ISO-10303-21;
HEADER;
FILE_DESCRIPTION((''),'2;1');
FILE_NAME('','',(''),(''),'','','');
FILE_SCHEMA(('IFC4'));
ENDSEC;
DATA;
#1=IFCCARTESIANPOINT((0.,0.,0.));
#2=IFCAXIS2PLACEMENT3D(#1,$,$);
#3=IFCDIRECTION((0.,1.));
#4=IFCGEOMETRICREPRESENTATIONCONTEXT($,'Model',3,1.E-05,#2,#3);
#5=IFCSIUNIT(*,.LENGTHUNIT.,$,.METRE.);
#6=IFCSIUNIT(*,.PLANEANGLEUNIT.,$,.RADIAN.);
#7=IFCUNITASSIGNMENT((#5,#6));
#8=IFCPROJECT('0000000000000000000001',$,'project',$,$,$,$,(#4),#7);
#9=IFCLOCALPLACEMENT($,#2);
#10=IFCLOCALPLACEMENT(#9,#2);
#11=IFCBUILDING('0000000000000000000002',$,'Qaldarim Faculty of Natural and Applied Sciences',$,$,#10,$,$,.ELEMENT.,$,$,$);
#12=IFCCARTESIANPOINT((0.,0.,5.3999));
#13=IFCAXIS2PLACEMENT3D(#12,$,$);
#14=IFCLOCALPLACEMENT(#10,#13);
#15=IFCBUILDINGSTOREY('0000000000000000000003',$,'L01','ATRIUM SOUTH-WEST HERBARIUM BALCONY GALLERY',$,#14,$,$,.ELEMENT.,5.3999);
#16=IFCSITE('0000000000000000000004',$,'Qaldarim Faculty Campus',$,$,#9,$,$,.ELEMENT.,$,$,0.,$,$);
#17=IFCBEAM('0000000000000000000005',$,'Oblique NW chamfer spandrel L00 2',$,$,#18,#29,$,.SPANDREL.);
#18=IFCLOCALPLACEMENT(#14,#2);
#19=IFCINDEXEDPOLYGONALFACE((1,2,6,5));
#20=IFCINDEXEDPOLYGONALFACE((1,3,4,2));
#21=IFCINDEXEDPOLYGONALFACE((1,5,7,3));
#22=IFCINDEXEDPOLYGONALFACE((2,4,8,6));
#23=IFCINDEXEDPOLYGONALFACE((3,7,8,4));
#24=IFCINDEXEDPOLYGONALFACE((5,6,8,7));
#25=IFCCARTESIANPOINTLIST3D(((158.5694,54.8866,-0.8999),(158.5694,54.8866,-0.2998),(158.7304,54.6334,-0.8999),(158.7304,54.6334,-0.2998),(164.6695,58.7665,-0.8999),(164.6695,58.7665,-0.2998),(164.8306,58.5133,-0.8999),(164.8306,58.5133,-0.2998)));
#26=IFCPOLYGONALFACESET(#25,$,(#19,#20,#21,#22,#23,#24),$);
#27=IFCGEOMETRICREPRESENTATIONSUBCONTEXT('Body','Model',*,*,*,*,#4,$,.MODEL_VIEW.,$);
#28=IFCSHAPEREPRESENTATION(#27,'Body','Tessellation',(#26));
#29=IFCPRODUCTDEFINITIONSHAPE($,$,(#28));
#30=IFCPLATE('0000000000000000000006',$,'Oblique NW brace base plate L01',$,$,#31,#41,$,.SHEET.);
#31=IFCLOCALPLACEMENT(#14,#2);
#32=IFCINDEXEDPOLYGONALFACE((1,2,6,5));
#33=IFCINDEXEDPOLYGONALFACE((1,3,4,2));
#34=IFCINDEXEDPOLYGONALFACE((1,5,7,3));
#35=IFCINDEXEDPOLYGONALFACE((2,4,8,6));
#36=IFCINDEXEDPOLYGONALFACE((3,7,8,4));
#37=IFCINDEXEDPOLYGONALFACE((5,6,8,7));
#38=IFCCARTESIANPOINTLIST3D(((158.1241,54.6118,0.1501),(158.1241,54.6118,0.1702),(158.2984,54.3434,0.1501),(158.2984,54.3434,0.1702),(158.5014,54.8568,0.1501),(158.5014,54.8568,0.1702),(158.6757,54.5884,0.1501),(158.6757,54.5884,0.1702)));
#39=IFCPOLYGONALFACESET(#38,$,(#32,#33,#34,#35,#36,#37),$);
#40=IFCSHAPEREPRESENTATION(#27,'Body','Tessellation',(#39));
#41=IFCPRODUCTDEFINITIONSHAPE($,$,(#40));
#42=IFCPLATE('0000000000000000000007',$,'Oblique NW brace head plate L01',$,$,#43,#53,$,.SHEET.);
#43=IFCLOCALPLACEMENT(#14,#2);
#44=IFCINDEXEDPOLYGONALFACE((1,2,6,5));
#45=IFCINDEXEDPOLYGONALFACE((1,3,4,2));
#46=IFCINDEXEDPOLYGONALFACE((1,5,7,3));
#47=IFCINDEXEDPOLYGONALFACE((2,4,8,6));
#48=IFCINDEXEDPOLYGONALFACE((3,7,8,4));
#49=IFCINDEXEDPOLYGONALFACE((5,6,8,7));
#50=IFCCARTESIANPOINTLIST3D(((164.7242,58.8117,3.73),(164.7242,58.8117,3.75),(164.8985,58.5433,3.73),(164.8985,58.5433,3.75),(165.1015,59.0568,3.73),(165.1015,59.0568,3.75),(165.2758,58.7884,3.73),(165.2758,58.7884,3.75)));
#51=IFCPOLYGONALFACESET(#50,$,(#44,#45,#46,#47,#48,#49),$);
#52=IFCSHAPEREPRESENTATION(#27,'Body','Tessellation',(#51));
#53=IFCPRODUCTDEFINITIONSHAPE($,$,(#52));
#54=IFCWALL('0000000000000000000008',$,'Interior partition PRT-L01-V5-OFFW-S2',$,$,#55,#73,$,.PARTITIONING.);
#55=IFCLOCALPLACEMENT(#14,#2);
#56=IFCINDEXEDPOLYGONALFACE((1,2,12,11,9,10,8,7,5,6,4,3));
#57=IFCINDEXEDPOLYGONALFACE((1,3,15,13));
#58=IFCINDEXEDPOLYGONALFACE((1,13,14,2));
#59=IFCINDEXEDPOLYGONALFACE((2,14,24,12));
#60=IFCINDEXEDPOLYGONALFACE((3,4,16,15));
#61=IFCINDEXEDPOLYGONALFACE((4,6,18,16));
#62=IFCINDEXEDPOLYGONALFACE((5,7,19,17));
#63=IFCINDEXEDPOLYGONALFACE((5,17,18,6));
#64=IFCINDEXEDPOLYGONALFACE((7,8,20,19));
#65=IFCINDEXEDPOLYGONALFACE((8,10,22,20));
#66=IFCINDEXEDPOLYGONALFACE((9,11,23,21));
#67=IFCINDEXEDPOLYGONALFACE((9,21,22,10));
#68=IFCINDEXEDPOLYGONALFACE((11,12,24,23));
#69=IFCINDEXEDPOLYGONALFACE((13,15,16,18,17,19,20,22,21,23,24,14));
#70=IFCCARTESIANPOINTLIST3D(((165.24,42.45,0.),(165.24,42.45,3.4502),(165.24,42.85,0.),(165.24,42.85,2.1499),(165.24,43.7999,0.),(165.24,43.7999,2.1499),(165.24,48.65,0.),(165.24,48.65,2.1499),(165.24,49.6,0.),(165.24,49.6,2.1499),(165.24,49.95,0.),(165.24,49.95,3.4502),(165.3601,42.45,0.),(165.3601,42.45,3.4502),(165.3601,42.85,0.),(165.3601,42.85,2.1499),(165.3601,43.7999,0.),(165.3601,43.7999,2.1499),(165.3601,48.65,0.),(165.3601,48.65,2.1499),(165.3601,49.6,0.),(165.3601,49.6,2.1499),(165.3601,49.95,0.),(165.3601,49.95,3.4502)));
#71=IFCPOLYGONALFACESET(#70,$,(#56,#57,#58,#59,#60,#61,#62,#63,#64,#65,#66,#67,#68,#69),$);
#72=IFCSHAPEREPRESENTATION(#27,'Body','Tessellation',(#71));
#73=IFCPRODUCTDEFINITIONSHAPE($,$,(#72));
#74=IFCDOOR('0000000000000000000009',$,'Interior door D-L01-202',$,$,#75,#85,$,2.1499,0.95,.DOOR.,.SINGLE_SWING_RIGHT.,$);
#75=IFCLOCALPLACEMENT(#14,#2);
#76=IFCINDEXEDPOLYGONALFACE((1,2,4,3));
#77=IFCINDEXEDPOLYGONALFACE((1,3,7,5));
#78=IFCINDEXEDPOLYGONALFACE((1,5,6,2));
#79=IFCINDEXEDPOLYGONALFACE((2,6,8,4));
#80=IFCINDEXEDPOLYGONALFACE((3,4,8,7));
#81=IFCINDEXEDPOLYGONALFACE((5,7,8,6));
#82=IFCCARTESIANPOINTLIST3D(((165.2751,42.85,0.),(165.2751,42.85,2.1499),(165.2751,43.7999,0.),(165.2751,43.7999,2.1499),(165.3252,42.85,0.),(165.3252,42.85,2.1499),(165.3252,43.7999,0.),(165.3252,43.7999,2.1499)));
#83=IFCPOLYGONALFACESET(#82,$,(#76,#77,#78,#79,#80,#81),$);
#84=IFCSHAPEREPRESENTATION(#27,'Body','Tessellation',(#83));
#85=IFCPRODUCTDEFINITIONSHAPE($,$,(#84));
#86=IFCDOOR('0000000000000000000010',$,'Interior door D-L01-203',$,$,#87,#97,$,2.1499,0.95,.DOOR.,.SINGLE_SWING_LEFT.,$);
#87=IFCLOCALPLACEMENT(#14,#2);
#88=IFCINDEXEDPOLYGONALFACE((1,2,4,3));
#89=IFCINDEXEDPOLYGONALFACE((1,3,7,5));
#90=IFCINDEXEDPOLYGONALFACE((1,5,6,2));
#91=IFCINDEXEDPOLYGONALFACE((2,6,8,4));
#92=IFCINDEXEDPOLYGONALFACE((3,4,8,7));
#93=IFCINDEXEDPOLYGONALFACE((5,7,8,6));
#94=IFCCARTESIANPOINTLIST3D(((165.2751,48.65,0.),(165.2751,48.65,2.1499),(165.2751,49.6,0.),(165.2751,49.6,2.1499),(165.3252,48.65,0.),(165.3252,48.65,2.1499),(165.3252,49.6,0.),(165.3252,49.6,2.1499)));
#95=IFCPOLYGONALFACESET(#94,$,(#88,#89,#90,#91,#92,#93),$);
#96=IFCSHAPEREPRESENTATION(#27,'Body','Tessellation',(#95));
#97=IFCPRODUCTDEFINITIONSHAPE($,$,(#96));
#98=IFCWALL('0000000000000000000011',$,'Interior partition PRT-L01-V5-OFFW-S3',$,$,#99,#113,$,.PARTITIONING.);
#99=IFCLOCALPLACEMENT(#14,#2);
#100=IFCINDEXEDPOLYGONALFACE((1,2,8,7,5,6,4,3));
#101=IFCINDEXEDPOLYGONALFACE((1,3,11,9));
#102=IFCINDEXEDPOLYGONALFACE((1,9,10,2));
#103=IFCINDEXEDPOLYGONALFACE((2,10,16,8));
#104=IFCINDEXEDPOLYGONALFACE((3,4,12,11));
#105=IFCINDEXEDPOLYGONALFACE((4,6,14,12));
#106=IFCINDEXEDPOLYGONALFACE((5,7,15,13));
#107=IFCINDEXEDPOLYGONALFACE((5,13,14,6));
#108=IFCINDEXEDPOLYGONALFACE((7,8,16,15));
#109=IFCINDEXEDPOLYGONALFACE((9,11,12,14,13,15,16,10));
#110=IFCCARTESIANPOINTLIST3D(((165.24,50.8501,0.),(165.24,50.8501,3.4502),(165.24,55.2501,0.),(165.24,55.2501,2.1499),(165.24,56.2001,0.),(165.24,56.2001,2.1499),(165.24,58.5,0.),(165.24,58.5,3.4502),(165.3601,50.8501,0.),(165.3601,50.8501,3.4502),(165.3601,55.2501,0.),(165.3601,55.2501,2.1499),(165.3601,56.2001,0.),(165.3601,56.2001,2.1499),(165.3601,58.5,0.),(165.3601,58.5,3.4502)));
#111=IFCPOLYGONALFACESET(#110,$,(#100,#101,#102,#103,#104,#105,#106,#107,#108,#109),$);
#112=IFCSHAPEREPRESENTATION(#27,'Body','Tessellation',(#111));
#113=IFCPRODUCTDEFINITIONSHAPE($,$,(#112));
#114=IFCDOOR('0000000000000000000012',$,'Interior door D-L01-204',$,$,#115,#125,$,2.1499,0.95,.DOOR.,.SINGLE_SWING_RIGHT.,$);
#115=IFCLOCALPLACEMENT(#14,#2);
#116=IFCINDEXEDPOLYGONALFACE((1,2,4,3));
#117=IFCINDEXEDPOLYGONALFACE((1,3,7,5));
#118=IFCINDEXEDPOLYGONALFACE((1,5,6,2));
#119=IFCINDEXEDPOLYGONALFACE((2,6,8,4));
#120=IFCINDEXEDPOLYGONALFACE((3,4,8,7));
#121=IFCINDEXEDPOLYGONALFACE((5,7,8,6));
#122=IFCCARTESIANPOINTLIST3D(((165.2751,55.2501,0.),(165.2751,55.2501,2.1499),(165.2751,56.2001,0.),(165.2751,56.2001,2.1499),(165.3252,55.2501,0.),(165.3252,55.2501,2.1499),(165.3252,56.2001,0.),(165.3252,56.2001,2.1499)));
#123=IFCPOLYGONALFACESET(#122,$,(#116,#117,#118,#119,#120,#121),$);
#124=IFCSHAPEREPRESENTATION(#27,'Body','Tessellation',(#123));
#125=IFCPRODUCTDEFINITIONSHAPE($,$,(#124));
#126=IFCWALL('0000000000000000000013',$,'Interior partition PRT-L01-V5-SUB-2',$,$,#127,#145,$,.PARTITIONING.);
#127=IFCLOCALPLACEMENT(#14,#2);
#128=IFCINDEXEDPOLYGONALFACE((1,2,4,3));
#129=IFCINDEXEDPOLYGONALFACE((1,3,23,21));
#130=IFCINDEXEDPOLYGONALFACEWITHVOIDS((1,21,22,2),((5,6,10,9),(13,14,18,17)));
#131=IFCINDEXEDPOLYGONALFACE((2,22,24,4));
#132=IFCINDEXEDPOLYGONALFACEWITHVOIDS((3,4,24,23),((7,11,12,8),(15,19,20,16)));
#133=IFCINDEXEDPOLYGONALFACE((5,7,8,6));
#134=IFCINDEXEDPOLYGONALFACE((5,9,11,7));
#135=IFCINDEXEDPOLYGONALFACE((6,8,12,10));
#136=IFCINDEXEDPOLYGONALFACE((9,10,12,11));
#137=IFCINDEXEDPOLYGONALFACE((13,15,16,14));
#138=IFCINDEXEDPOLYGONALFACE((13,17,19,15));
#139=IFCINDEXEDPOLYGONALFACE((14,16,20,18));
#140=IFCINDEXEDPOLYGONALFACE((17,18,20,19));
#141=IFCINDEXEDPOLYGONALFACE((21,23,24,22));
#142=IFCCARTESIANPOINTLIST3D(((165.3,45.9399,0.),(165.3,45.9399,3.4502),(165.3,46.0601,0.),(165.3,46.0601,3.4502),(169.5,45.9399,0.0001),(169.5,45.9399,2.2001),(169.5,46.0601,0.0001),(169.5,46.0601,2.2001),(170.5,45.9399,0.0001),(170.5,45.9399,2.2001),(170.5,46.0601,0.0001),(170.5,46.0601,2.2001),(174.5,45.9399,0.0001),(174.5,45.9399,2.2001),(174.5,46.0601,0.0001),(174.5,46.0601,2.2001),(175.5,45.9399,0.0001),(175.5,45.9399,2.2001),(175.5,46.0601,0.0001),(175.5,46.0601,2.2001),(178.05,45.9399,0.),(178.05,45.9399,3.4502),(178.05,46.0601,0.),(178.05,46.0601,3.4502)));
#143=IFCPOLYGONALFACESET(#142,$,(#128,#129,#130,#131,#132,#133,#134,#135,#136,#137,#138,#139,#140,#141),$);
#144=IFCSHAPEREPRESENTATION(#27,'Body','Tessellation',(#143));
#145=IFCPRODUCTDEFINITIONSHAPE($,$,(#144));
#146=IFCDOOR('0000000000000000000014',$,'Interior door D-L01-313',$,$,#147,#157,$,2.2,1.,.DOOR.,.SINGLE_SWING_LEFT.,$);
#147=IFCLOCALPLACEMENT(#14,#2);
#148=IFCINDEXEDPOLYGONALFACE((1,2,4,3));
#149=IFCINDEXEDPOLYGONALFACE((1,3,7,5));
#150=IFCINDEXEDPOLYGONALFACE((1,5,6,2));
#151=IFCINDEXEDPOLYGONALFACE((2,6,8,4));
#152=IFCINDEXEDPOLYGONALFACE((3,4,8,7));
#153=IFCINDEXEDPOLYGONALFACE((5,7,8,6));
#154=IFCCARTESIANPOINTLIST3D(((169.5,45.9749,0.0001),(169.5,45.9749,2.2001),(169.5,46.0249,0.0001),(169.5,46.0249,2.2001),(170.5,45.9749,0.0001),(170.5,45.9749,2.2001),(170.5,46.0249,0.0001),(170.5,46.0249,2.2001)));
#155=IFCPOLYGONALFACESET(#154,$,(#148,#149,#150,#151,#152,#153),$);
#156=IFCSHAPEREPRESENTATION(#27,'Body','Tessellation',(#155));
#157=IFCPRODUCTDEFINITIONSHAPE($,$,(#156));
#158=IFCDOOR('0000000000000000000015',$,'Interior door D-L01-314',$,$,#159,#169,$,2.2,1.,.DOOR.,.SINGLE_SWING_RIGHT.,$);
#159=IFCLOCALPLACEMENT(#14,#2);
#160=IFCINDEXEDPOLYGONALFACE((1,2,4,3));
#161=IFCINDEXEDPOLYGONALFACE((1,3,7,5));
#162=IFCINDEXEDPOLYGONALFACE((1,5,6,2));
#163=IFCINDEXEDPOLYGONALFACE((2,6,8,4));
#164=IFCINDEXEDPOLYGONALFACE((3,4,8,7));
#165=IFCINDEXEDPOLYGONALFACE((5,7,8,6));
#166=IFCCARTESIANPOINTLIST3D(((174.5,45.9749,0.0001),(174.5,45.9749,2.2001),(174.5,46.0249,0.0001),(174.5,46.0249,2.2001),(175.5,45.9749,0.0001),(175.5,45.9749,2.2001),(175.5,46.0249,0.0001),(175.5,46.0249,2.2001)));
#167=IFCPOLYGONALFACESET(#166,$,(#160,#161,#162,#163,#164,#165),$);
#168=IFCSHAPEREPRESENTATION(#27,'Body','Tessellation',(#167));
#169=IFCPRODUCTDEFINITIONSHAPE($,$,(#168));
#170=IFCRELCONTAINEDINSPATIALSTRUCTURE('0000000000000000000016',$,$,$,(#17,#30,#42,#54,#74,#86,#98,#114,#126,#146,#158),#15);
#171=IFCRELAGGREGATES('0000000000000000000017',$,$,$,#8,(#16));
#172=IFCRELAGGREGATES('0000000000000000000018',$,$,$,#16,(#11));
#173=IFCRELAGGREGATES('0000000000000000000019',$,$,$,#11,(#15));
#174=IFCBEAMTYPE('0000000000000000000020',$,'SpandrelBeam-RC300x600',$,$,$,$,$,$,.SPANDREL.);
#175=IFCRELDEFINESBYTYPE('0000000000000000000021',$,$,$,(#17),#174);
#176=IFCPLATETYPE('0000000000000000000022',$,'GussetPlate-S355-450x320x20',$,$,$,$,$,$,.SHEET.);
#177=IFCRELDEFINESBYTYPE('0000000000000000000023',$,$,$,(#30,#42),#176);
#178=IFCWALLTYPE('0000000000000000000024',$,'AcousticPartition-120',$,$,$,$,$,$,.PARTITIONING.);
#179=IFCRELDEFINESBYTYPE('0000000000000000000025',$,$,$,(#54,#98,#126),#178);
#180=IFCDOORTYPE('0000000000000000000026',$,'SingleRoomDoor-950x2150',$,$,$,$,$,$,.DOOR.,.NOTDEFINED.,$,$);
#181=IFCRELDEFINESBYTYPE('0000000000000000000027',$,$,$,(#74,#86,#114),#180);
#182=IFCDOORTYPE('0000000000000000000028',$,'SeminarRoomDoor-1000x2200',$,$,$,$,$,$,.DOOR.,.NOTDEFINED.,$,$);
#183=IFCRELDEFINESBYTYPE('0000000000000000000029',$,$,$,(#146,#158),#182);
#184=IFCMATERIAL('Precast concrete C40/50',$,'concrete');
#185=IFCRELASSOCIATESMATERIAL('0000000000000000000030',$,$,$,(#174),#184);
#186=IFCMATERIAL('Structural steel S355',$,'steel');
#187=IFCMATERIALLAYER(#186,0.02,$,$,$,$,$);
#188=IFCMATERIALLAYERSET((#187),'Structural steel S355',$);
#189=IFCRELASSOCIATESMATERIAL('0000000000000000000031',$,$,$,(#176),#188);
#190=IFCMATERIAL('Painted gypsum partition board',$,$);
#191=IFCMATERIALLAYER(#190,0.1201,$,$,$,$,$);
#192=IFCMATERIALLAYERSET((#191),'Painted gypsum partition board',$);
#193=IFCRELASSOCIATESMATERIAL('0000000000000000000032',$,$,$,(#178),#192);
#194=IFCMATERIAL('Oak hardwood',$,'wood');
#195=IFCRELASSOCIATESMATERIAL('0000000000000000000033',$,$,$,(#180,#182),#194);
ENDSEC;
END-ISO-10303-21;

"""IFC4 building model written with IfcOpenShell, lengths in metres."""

from ifc_helpers import new_model, si_unit, direction, frame, frame_2d, origin, origin_2d, place, context, subcontext, project, spatial, rectangle, extrude, material, layer, layer_set, material_profile, profile_set, type_object, element, fill, save


model = new_model("IFC4")

# Units and contexts
model_context = context("Model", 3, precision=1e-05, world=origin(), true_north=direction((0.0, 1.0)))
body_context = subcontext(model_context, "Body", "Model", "MODEL_VIEW")
ifc_project = project(units=[si_unit("LENGTHUNIT", "METRE"), si_unit("PLANEANGLEUNIT", "RADIAN")], contexts=[model_context])

# Site, building, storey
site_placement = place(None, origin())
site = spatial("IfcSite", under=ifc_project, at=site_placement, Name="Qaldarim Faculty Campus", CompositionType="ELEMENT", RefElevation=0.0)
building_placement = place(site_placement, origin())
building = spatial("IfcBuilding", under=site, at=building_placement, Name="Qaldarim Faculty of Natural and Applied Sciences", CompositionType="ELEMENT")
storey_placement = place(building_placement, frame((0.0, 0.0, 5.3999)))
storey = spatial("IfcBuildingStorey", under=building, at=storey_placement, Name="L01", Description="ATRIUM SOUTH-WEST HERBARIUM BALCONY GALLERY", CompositionType="ELEMENT", Elevation=5.3999)

# Shared definitions
ifc_material_1 = material(Name="Structural steel S355", Category="steel")

# Beam
ifc_material_2 = material(Name="Precast concrete C40/50", Category="concrete")
ifc_material_profile_1 = material_profile(ifc_material_2, rectangle(XDim=0.3, YDim=0.6001, at=origin_2d()), Name="RC-SP300x600")
ifc_profile_set_1 = profile_set([ifc_material_profile_1], Name="Precast concrete C40/50")
beam_type_1 = type_object("IfcBeamType", Name="SpandrelBeam-RC300x600", PredefinedType="SPANDREL", material=ifc_profile_set_1)
beam_placement = place(storey_placement, frame((158.6499, 54.76, -0.5999), z_axis=(0.843787, 0.536679, 0.0), x_axis=(-0.536679, 0.843787, 0.0)))
element("IfcBeam", 1, at=beam_placement, inside=storey, type_object=beam_type_1, Name="Oblique NW chamfer spandrel L00 2", PredefinedType="SPANDREL", context=body_context, shape_type="SweptSolid", body=[
    extrude(rectangle(XDim=0.3, YDim=0.6001, at=origin_2d()), origin(), (0.0, 0.0, 1.0), 7.2295),
])

# Plates
ifc_layer_1 = layer(ifc_material_1, 0.02)
ifc_layer_set_1 = layer_set([ifc_layer_1], Name="Structural steel S355")
plate_type = type_object("IfcPlateType", Name="GussetPlate-S355-450x320x20", PredefinedType="SHEET", material=ifc_layer_set_1)
for number, where, z_axis, x_axis, name in (
    (2, (158.3999, 54.6001, 0.1501), (0.0, 0.0, 1.0), (0.838671, 0.544639, 0.0), "Oblique NW brace base plate L01"),
    (3, (165.0, 58.8, 3.73), (0.0, 0.0, 1.0), (0.838671, 0.544639, 0.0), "Oblique NW brace head plate L01"),
):
    element("IfcPlate", number, at=place(storey_placement, frame(where, z_axis=z_axis, x_axis=x_axis)), inside=storey, type_object=plate_type, Name=name, PredefinedType="SHEET", context=body_context, shape_type="SweptSolid", body=[
        extrude(rectangle(XDim=0.45, YDim=0.3201, at=origin_2d()), origin(), (0.0, 0.0, 1.0), 0.02),
    ])

# Wall, openings, doors
ifc_material_3 = material(Name="Painted gypsum partition board")
ifc_layer_2 = layer(ifc_material_3, 0.1201)
ifc_layer_set_2 = layer_set([ifc_layer_2], Name="Painted gypsum partition board")
wall_type_1 = type_object("IfcWallType", Name="AcousticPartition-120", PredefinedType="PARTITIONING", material=ifc_layer_set_2)
wall_1_placement = place(storey_placement, frame((165.3, 42.45, 0.0), z_axis=(0.0, 0.0, 1.0), x_axis=(0.0, 1.0, 0.0)))
wall_1 = element("IfcWall", 4, at=wall_1_placement, inside=storey, type_object=wall_type_1, Name="Interior partition PRT-L01-V5-OFFW-S2", PredefinedType="PARTITIONING", context=body_context, shape_type="SweptSolid", body=[
    extrude(rectangle(XDim=7.5, YDim=0.1201, at=frame_2d((3.75, 0.0))), origin(), (0.0, 0.0, 1.0), 3.4502),
])
opening_1_placement = place(wall_1_placement, frame((0.3999, 0.0, 0.0)))
opening_1 = element("IfcOpeningElement", 5, at=opening_1_placement, cuts=wall_1, PredefinedType="OPENING", context=body_context, shape_type="SweptSolid", body=[
    extrude(rectangle(XDim=0.95, YDim=2.1499, at=frame_2d((0.4751, 1.075))), frame((0.0, 0.0701, 0.0), z_axis=(0.0, -1.0, 0.0), x_axis=(1.0, 0.0, 0.0)), (0.0, 0.0, 1.0), 0.1401),
])
opening_2_placement = place(wall_1_placement, frame((6.2, 0.0, 0.0)))
opening_2 = element("IfcOpeningElement", 6, at=opening_2_placement, cuts=wall_1, PredefinedType="OPENING", context=body_context, shape_type="SweptSolid", body=[
    extrude(rectangle(XDim=0.95, YDim=2.1499, at=frame_2d((0.4751, 1.075))), frame((0.0, 0.0701, 0.0), z_axis=(0.0, -1.0, 0.0), x_axis=(1.0, 0.0, 0.0)), (0.0, 0.0, 1.0), 0.1401),
])
ifc_material_4 = material(Name="Oak hardwood", Category="wood")
door_type_1 = type_object("IfcDoorType", Name="SingleRoomDoor-950x2150", OperationType="NOTDEFINED", PredefinedType="DOOR", material=ifc_material_4)
door_1_placement = place(opening_1_placement, origin())
door_1 = element("IfcDoor", 7, at=door_1_placement, inside=storey, type_object=door_type_1, Name="Interior door D-L01-202", OperationType="SINGLE_SWING_RIGHT", OverallHeight=2.1499, OverallWidth=0.95, PredefinedType="DOOR", context=body_context, shape_type="SweptSolid", body=[
    extrude(rectangle(XDim=0.95, YDim=2.1499, at=frame_2d((0.4751, 1.075))), frame((0.0, 0.0249, 0.0), z_axis=(0.0, -1.0, 0.0), x_axis=(1.0, 0.0, 0.0)), (0.0, 0.0, 1.0), 0.05),
])
fill(opening_1, door_1)
door_2_placement = place(opening_2_placement, origin())
door_2 = element("IfcDoor", 8, at=door_2_placement, inside=storey, type_object=door_type_1, Name="Interior door D-L01-203", OperationType="SINGLE_SWING_LEFT", OverallHeight=2.1499, OverallWidth=0.95, PredefinedType="DOOR", context=body_context, shape_type="SweptSolid", body=[
    extrude(rectangle(XDim=0.95, YDim=2.1499, at=frame_2d((0.4751, 1.075))), frame((0.0, 0.0249, 0.0), z_axis=(0.0, -1.0, 0.0), x_axis=(1.0, 0.0, 0.0)), (0.0, 0.0, 1.0), 0.05),
])
fill(opening_2, door_2)

# Wall, opening, door
wall_2_placement = place(storey_placement, frame((165.3, 50.8501, 0.0), z_axis=(0.0, 0.0, 1.0), x_axis=(0.0, 1.0, 0.0)))
wall_2 = element("IfcWall", 9, at=wall_2_placement, inside=storey, type_object=wall_type_1, Name="Interior partition PRT-L01-V5-OFFW-S3", PredefinedType="PARTITIONING", context=body_context, shape_type="SweptSolid", body=[
    extrude(rectangle(XDim=7.6499, YDim=0.1201, at=frame_2d((3.825, 0.0))), origin(), (0.0, 0.0, 1.0), 3.4502),
])
opening_3_placement = place(wall_2_placement, frame((4.3999, 0.0, 0.0)))
opening_3 = element("IfcOpeningElement", 10, at=opening_3_placement, cuts=wall_2, PredefinedType="OPENING", context=body_context, shape_type="SweptSolid", body=[
    extrude(rectangle(XDim=0.95, YDim=2.1499, at=frame_2d((0.4751, 1.075))), frame((0.0, 0.0701, 0.0), z_axis=(0.0, -1.0, 0.0), x_axis=(1.0, 0.0, 0.0)), (0.0, 0.0, 1.0), 0.1401),
])
door_3_placement = place(opening_3_placement, origin())
door_3 = element("IfcDoor", 11, at=door_3_placement, inside=storey, type_object=door_type_1, Name="Interior door D-L01-204", OperationType="SINGLE_SWING_RIGHT", OverallHeight=2.1499, OverallWidth=0.95, PredefinedType="DOOR", context=body_context, shape_type="SweptSolid", body=[
    extrude(rectangle(XDim=0.95, YDim=2.1499, at=frame_2d((0.4751, 1.075))), frame((0.0, 0.0249, 0.0), z_axis=(0.0, -1.0, 0.0), x_axis=(1.0, 0.0, 0.0)), (0.0, 0.0, 1.0), 0.05),
])
fill(opening_3, door_3)

# Wall, openings, doors
wall_3_placement = place(storey_placement, frame((165.3, 46.0, 0.0), z_axis=(0.0, 0.0, 1.0), x_axis=(1.0, 0.0, 0.0)))
wall_3 = element("IfcWall", 12, at=wall_3_placement, inside=storey, type_object=wall_type_1, Name="Interior partition PRT-L01-V5-SUB-2", PredefinedType="PARTITIONING", context=body_context, shape_type="SweptSolid", body=[
    extrude(rectangle(XDim=12.75, YDim=0.1201, at=frame_2d((6.375, 0.0))), origin(), (0.0, 0.0, 1.0), 3.4502),
])
opening_4_placement = place(wall_3_placement, frame((4.2, 0.0, 0.0)))
opening_4 = element("IfcOpeningElement", 13, at=opening_4_placement, cuts=wall_3, PredefinedType="OPENING", context=body_context, shape_type="SweptSolid", body=[
    extrude(rectangle(XDim=1.0, YDim=2.2, at=frame_2d((0.5, 1.1001))), frame((0.0, 0.0701, 0.0), z_axis=(0.0, -1.0, 0.0), x_axis=(1.0, 0.0, 0.0)), (0.0, 0.0, 1.0), 0.1401),
])
opening_5_placement = place(wall_3_placement, frame((9.2, 0.0, 0.0)))
opening_5 = element("IfcOpeningElement", 14, at=opening_5_placement, cuts=wall_3, PredefinedType="OPENING", context=body_context, shape_type="SweptSolid", body=[
    extrude(rectangle(XDim=1.0, YDim=2.2, at=frame_2d((0.5, 1.1001))), frame((0.0, 0.0701, 0.0), z_axis=(0.0, -1.0, 0.0), x_axis=(1.0, 0.0, 0.0)), (0.0, 0.0, 1.0), 0.1401),
])
door_type_2 = type_object("IfcDoorType", Name="SeminarRoomDoor-1000x2200", OperationType="NOTDEFINED", PredefinedType="DOOR", material=ifc_material_4)
door_4_placement = place(opening_4_placement, origin())
door_4 = element("IfcDoor", 15, at=door_4_placement, inside=storey, type_object=door_type_2, Name="Interior door D-L01-313", OperationType="SINGLE_SWING_LEFT", OverallHeight=2.2, OverallWidth=1.0, PredefinedType="DOOR", context=body_context, shape_type="SweptSolid", body=[
    extrude(rectangle(XDim=1.0, YDim=2.2, at=frame_2d((0.5, 1.1001))), frame((0.0, 0.0249, 0.0), z_axis=(0.0, -1.0, 0.0), x_axis=(1.0, 0.0, 0.0)), (0.0, 0.0, 1.0), 0.05),
])
fill(opening_4, door_4)
door_5_placement = place(opening_5_placement, origin())
door_5 = element("IfcDoor", 16, at=door_5_placement, inside=storey, type_object=door_type_2, Name="Interior door D-L01-314", OperationType="SINGLE_SWING_RIGHT", OverallHeight=2.2, OverallWidth=1.0, PredefinedType="DOOR", context=body_context, shape_type="SweptSolid", body=[
    extrude(rectangle(XDim=1.0, YDim=2.2, at=frame_2d((0.5, 1.1001))), frame((0.0, 0.0249, 0.0), z_axis=(0.0, -1.0, 0.0), x_axis=(1.0, 0.0, 0.0)), (0.0, 0.0, 1.0), 0.05),
])
fill(opening_5, door_5)

save(model, "model.ifc")
